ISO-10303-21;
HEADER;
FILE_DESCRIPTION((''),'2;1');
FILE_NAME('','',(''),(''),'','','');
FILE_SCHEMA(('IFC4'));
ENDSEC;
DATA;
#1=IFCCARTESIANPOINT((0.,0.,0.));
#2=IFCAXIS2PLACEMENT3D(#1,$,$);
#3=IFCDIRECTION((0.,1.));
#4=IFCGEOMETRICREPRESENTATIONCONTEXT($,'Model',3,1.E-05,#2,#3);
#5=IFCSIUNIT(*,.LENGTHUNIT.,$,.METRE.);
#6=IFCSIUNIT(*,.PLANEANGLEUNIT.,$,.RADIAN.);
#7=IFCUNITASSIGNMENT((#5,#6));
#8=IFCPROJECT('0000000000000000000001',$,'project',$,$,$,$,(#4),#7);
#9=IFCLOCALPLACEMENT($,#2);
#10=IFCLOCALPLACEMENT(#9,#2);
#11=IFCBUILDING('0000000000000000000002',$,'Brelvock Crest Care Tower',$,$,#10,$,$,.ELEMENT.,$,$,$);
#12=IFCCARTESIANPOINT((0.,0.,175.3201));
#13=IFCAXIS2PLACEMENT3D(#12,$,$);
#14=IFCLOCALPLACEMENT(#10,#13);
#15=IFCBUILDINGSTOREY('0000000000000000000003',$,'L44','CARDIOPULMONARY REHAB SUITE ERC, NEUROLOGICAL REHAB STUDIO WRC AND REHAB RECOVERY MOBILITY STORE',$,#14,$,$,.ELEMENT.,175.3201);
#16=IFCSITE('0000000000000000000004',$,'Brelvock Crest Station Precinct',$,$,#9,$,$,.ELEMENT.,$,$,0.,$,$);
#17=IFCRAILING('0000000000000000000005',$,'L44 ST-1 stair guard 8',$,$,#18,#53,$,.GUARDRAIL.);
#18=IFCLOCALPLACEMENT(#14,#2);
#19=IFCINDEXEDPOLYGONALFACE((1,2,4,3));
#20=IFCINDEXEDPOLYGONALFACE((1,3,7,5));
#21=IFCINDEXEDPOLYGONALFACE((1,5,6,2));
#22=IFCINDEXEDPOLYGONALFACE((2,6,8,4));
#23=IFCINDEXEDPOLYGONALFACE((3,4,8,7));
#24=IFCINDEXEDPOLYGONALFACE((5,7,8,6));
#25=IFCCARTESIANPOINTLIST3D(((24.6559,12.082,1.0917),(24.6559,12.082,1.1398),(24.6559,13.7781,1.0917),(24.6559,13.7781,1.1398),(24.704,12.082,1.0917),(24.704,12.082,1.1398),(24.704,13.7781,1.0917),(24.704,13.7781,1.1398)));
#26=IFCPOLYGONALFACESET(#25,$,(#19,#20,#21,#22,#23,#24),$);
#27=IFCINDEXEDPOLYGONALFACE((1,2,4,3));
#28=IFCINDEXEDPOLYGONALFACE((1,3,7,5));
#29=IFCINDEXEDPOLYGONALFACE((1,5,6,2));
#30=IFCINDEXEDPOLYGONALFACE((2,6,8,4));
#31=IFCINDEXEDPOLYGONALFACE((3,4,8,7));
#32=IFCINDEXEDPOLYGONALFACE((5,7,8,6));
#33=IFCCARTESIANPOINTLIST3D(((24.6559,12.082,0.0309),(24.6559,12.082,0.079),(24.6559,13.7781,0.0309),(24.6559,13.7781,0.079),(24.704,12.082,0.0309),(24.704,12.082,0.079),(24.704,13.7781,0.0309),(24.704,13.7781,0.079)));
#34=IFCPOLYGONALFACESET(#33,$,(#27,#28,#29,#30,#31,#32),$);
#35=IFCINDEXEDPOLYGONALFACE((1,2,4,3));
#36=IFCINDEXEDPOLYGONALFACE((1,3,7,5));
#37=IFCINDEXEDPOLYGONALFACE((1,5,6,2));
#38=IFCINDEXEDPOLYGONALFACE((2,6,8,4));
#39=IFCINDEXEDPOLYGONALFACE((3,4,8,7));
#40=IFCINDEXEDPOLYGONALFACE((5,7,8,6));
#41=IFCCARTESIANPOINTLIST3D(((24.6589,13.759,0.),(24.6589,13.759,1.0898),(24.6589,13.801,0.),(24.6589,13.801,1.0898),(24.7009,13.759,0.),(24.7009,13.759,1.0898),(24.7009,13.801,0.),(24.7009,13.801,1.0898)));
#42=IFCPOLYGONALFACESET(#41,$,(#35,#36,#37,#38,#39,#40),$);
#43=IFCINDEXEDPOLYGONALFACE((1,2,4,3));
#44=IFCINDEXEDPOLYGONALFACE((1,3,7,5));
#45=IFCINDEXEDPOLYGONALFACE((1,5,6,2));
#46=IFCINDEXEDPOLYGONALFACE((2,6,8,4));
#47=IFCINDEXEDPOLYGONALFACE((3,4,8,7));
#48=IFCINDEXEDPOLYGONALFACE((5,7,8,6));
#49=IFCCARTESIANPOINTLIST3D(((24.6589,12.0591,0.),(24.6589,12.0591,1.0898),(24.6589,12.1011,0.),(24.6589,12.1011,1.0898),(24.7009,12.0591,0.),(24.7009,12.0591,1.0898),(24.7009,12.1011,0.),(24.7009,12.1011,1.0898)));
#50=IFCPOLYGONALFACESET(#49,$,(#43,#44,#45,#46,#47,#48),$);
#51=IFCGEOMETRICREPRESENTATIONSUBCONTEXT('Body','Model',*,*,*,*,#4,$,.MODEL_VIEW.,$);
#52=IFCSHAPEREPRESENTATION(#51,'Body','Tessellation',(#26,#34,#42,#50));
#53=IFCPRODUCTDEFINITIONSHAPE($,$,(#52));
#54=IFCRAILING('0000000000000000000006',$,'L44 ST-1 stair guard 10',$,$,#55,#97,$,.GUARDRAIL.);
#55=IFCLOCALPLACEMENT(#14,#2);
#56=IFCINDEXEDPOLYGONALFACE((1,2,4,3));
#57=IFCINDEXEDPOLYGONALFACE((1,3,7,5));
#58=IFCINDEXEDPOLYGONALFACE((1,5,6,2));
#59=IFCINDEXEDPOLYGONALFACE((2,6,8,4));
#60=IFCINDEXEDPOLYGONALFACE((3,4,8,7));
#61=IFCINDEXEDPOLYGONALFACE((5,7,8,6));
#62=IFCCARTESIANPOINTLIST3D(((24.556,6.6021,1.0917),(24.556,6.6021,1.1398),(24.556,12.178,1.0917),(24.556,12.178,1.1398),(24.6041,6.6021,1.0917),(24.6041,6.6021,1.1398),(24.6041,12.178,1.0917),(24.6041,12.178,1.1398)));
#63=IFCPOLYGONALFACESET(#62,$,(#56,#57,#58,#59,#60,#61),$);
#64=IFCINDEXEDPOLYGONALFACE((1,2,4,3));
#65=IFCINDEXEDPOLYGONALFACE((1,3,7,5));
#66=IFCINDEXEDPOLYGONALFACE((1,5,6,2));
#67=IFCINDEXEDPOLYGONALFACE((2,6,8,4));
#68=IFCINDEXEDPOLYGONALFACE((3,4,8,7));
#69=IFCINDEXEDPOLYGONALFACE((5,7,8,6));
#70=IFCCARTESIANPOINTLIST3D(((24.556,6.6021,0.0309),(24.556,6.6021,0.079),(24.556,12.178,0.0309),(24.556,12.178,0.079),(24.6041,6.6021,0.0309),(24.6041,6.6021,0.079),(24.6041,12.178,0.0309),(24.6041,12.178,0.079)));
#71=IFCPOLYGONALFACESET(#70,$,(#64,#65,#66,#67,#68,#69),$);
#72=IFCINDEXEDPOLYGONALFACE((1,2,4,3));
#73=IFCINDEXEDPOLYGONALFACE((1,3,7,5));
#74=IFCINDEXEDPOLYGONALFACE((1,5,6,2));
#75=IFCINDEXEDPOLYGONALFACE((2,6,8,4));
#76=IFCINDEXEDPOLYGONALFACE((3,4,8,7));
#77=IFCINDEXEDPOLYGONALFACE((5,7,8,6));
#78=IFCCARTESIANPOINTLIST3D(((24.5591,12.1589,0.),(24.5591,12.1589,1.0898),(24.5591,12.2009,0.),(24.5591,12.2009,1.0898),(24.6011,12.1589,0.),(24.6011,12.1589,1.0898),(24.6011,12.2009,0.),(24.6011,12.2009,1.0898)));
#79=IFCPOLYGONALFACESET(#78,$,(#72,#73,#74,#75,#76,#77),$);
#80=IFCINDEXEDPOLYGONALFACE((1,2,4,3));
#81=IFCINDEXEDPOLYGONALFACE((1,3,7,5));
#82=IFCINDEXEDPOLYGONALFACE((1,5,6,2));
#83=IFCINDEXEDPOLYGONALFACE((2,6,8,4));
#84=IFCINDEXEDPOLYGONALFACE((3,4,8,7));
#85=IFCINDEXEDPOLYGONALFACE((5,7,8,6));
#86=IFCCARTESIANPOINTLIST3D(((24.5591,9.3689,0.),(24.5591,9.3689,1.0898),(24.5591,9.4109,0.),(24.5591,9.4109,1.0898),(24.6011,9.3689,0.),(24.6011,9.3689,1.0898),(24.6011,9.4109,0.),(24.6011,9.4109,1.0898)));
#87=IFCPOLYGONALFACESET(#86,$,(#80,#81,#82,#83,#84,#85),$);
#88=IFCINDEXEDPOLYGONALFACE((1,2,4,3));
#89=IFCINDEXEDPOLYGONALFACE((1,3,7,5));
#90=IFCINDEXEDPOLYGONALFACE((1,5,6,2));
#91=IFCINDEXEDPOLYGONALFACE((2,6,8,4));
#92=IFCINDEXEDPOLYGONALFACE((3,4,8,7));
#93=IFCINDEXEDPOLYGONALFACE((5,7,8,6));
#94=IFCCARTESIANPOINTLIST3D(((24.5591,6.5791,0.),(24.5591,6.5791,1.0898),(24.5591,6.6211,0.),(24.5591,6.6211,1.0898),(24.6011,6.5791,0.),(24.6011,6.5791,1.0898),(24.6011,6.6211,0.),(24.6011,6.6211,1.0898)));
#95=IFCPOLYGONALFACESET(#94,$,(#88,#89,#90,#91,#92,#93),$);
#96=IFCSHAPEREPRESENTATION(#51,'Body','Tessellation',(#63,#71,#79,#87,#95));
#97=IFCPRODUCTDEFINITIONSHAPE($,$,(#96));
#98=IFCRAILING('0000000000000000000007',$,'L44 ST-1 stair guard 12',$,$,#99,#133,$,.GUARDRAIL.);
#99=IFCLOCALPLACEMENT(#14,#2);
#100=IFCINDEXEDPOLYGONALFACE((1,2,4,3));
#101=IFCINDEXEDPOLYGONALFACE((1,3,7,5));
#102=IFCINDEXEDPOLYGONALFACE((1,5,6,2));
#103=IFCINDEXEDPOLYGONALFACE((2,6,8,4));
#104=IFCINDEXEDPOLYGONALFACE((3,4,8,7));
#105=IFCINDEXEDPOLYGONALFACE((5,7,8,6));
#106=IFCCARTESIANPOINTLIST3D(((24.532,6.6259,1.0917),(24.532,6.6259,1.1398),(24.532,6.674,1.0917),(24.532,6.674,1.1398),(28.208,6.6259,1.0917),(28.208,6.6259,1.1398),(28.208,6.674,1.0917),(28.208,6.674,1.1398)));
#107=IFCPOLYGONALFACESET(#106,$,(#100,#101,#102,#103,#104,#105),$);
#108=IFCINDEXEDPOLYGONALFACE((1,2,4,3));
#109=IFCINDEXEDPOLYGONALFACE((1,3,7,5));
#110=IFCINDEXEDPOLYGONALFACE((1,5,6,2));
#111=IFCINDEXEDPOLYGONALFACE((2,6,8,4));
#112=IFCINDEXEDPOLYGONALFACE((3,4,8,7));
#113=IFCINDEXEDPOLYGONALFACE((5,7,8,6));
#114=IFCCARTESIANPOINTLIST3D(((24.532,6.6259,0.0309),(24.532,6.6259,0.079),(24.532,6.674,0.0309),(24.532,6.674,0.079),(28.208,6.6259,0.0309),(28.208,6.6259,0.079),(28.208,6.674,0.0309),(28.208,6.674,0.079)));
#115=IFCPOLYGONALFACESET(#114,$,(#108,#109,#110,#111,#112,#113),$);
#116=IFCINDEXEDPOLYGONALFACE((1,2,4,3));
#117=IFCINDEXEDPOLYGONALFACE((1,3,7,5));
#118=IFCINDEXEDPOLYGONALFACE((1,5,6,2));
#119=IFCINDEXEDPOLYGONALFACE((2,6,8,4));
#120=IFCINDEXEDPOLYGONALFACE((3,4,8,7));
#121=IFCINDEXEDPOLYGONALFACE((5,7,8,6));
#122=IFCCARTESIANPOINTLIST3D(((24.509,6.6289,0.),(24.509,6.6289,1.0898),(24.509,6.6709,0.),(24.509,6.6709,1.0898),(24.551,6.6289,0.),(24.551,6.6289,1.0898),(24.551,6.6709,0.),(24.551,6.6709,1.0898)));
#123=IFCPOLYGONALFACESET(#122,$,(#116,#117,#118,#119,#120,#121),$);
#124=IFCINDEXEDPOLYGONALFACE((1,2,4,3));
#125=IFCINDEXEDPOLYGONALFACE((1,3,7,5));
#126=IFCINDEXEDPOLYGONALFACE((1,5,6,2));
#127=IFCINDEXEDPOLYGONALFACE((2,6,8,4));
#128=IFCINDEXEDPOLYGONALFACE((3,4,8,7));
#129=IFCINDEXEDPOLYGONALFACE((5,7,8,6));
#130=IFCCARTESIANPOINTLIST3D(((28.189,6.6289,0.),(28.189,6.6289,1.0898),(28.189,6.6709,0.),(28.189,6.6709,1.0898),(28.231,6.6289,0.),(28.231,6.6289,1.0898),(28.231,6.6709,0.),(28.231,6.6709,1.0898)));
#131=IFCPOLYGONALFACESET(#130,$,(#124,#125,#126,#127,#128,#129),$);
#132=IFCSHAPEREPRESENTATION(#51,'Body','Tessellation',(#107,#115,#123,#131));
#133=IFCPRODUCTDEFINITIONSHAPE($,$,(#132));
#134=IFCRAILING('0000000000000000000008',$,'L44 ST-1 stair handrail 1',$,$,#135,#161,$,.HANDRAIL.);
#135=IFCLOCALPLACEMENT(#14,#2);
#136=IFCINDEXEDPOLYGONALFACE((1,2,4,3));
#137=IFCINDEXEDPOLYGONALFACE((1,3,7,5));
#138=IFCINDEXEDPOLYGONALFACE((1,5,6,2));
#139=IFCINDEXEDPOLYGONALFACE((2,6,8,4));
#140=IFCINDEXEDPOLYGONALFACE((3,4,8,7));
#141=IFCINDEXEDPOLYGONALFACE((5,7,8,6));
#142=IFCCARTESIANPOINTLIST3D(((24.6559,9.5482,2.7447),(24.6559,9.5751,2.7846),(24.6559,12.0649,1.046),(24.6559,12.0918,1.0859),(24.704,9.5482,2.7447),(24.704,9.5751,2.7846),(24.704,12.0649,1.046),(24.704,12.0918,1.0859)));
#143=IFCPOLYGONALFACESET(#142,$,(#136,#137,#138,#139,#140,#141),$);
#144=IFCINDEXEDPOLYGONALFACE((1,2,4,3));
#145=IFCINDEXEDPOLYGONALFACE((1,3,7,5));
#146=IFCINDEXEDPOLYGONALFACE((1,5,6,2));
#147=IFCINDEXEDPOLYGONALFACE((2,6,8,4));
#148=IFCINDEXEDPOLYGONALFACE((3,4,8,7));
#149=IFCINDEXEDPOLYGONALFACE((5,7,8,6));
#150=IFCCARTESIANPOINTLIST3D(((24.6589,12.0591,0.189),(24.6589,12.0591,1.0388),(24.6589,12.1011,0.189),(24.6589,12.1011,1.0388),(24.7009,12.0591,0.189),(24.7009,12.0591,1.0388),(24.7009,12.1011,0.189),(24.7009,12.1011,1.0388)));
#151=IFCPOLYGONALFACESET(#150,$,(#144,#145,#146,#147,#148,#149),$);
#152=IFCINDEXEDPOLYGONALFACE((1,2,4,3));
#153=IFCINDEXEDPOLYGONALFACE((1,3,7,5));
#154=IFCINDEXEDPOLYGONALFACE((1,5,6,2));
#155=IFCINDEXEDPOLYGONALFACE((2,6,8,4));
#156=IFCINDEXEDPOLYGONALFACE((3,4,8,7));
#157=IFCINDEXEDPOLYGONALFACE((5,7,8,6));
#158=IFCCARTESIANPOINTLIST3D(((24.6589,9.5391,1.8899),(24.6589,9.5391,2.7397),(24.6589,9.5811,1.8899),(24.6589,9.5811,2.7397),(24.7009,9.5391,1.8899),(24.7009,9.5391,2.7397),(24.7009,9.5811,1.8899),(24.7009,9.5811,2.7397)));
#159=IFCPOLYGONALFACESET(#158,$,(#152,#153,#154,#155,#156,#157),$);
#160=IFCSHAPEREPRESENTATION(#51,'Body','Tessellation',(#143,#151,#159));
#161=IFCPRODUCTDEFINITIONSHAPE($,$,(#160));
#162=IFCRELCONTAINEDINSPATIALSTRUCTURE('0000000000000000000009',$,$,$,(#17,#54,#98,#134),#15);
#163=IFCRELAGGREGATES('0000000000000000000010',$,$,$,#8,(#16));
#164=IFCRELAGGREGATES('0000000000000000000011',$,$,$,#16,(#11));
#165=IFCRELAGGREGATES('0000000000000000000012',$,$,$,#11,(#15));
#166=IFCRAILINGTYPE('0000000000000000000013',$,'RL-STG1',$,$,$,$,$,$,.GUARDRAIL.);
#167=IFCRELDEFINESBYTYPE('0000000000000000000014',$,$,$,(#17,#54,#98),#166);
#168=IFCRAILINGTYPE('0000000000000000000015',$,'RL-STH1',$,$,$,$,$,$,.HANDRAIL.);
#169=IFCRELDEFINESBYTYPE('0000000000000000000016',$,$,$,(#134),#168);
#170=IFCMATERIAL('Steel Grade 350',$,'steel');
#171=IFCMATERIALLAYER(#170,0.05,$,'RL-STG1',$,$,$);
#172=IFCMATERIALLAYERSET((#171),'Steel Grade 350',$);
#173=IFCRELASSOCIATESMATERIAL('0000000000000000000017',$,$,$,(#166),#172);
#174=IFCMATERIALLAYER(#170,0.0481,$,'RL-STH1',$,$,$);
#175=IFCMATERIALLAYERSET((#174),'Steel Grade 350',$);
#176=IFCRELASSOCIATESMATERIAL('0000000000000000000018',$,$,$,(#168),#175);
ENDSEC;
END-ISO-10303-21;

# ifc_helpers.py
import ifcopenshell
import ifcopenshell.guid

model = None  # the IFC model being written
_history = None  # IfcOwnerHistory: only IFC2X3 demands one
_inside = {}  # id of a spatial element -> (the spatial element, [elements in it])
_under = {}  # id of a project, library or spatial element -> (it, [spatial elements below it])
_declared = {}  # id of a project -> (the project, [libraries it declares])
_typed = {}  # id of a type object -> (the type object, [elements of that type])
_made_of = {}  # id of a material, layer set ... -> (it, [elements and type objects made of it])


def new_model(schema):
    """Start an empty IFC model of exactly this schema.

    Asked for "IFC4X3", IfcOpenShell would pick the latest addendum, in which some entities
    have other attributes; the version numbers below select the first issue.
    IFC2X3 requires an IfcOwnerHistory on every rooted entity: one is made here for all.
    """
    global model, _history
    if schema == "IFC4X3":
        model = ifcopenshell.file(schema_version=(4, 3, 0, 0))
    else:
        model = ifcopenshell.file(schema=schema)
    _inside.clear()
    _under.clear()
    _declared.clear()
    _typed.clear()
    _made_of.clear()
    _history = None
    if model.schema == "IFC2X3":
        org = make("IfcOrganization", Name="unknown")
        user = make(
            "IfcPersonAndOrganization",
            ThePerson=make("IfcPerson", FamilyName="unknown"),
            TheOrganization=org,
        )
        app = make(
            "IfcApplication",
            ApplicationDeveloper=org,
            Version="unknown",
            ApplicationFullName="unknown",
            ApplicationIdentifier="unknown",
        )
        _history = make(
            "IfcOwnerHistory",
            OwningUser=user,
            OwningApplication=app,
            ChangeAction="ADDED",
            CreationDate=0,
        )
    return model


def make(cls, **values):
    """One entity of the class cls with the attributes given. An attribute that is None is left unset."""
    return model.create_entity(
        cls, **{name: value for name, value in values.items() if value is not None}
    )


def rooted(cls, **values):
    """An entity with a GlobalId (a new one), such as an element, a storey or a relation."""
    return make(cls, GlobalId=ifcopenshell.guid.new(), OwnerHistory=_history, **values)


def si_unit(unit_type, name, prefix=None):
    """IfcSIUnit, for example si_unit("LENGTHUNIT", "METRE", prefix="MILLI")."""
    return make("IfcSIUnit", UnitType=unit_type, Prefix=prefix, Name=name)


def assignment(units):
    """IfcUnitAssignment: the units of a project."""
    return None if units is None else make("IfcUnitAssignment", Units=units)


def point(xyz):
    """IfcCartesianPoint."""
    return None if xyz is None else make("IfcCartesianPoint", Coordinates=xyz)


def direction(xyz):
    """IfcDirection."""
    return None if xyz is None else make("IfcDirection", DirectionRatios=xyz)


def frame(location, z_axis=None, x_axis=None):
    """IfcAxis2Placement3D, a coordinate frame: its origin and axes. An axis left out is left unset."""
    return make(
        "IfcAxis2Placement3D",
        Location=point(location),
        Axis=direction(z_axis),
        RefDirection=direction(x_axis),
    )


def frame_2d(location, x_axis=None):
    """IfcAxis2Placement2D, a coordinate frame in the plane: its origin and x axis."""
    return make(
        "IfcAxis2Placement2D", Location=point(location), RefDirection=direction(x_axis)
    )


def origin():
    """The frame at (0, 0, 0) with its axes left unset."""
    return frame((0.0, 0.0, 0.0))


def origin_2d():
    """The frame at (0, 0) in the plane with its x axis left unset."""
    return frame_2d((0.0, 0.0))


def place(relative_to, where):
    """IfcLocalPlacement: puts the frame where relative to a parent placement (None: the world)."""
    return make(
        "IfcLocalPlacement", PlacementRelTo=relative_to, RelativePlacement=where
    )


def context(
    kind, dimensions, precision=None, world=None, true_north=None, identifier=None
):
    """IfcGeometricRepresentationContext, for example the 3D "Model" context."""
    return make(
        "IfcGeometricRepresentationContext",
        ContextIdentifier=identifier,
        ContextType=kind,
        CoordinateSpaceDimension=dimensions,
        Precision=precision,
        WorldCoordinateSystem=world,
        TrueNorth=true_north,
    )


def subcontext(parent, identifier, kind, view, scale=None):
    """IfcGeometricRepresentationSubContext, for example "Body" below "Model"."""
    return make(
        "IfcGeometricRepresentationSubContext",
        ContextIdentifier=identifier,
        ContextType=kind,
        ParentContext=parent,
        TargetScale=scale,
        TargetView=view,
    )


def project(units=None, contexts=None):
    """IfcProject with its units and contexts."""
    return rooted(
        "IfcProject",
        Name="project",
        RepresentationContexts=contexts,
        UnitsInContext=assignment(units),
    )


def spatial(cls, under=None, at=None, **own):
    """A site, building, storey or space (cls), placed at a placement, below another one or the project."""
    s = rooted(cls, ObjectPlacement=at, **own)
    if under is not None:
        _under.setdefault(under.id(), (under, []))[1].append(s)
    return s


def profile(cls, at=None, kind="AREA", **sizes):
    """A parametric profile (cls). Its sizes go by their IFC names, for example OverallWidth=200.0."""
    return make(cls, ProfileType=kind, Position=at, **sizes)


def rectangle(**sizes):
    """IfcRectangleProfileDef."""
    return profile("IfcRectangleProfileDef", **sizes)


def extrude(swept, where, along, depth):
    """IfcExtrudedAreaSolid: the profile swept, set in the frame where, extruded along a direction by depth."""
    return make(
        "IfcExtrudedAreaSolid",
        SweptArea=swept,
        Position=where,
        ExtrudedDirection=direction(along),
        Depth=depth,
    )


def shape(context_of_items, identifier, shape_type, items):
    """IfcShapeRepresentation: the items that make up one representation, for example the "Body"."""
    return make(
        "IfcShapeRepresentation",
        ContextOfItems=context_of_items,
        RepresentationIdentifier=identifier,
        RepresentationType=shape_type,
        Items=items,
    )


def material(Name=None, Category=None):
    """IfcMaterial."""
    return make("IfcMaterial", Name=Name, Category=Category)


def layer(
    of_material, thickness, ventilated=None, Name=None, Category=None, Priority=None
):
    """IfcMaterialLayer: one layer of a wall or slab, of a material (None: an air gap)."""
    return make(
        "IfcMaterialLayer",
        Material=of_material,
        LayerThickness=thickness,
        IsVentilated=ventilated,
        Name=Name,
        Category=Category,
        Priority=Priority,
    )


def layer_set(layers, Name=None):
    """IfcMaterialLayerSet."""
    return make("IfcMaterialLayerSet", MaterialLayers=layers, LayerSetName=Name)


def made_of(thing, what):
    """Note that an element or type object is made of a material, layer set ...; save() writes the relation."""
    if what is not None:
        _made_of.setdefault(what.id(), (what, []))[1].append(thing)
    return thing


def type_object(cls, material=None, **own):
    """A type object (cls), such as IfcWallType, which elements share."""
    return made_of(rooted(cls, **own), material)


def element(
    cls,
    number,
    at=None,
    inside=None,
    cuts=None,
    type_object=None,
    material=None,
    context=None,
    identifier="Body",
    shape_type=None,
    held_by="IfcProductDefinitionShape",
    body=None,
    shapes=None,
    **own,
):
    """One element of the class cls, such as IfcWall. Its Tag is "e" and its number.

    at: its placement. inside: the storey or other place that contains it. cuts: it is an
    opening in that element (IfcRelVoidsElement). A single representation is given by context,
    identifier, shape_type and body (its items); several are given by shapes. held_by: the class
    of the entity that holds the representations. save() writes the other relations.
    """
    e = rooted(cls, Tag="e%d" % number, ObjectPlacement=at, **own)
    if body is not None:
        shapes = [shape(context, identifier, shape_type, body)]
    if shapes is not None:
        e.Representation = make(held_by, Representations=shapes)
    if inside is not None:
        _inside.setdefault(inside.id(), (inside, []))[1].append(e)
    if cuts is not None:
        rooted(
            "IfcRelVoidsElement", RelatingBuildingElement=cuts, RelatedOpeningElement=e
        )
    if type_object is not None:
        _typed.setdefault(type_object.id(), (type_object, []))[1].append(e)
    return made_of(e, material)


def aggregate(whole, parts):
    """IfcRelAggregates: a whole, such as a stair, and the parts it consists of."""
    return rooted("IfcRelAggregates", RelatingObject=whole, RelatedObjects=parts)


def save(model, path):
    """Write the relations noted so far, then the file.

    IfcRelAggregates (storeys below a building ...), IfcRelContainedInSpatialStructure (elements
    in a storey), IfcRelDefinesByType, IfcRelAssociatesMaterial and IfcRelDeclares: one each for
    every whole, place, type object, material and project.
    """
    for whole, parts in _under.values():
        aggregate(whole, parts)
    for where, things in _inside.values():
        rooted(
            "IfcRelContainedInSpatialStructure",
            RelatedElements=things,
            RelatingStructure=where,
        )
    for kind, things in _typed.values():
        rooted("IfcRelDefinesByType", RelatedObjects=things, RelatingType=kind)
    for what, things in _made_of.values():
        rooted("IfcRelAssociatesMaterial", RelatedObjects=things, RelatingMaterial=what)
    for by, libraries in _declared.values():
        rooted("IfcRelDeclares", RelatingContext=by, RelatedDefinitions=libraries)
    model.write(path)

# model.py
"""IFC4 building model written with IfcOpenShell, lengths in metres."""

from ifc_helpers import new_model, si_unit, direction, frame, origin, origin_2d, place, context, subcontext, project, spatial, rectangle, extrude, material, layer, layer_set, type_object, element, save


model = new_model("IFC4")

# Units and contexts
model_context = context("Model", 3, precision=1e-05, world=origin(), true_north=direction((0.0, 1.0)))
body_context = subcontext(model_context, "Body", "Model", "MODEL_VIEW")
ifc_project = project(units=[si_unit("LENGTHUNIT", "METRE"), si_unit("PLANEANGLEUNIT", "RADIAN")], contexts=[model_context])

# Site, building, storey
site_placement = place(None, origin())
site = spatial("IfcSite", under=ifc_project, at=site_placement, Name="Brelvock Crest Station Precinct", CompositionType="ELEMENT", RefElevation=0.0)
building_placement = place(site_placement, origin())
building = spatial("IfcBuilding", under=site, at=building_placement, Name="Brelvock Crest Care Tower", CompositionType="ELEMENT")
storey_placement = place(building_placement, frame((0.0, 0.0, 175.3201)))
storey = spatial("IfcBuildingStorey", under=building, at=storey_placement, Name="L44", Description="CARDIOPULMONARY REHAB SUITE ERC, NEUROLOGICAL REHAB STUDIO WRC AND REHAB RECOVERY MOBILITY STORE", CompositionType="ELEMENT", Elevation=175.3201)

# Shared definitions
ifc_material_1 = material(Name="Steel Grade 350", Category="steel")

# Railings
ifc_layer_1 = layer(ifc_material_1, 0.05, Name="RL-STG1")
ifc_layer_set_1 = layer_set([ifc_layer_1], Name="Steel Grade 350")
railing_type_1 = type_object("IfcRailingType", Name="RL-STG1", PredefinedType="GUARDRAIL", material=ifc_layer_set_1)
railing_1_placement = place(storey_placement, frame((24.6799, 13.78, 0.0)))
element("IfcRailing", 1, at=railing_1_placement, inside=storey, type_object=railing_type_1, Name="L44 ST-1 stair guard 8", PredefinedType="GUARDRAIL", context=body_context, shape_type="SweptSolid", body=[
    extrude(rectangle(XDim=0.0481, YDim=0.0481, at=origin_2d()), frame((0.0, -0.002, 1.1157), z_axis=(0.0, -1.0, 0.0), x_axis=(1.0, 0.0, 0.0)), (0.0, 0.0, 1.0), 1.696),
    extrude(rectangle(XDim=0.0481, YDim=0.0481, at=origin_2d()), frame((0.0, -0.002, 0.0549), z_axis=(0.0, -1.0, 0.0), x_axis=(1.0, 0.0, 0.0)), (0.0, 0.0, 1.0), 1.696),
    extrude(rectangle(XDim=0.042, YDim=0.042, at=origin_2d()), origin(), (0.0, 0.0, 1.0), 1.0898),
    extrude(rectangle(XDim=0.042, YDim=0.042, at=origin_2d()), frame((0.0, -1.7, 0.0)), (0.0, 0.0, 1.0), 1.0898),
])
railing_2_placement = place(storey_placement, frame((24.5801, 12.1799, 0.0)))
element("IfcRailing", 2, at=railing_2_placement, inside=storey, type_object=railing_type_1, Name="L44 ST-1 stair guard 10", PredefinedType="GUARDRAIL", context=body_context, shape_type="SweptSolid", body=[
    extrude(rectangle(XDim=0.0481, YDim=0.0481, at=origin_2d()), frame((0.0, -0.002, 1.1157), z_axis=(0.0, -1.0, 0.0), x_axis=(1.0, 0.0, 0.0)), (0.0, 0.0, 1.0), 5.5759),
    extrude(rectangle(XDim=0.0481, YDim=0.0481, at=origin_2d()), frame((0.0, -0.002, 0.0549), z_axis=(0.0, -1.0, 0.0), x_axis=(1.0, 0.0, 0.0)), (0.0, 0.0, 1.0), 5.5759),
    extrude(rectangle(XDim=0.042, YDim=0.042, at=origin_2d()), origin(), (0.0, 0.0, 1.0), 1.0898),
    extrude(rectangle(XDim=0.042, YDim=0.042, at=origin_2d()), frame((0.0, -2.79, 0.0)), (0.0, 0.0, 1.0), 1.0898),
    extrude(rectangle(XDim=0.042, YDim=0.042, at=origin_2d()), frame((0.0, -5.5798, 0.0)), (0.0, 0.0, 1.0), 1.0898),
])
railing_3_placement = place(storey_placement, frame((24.53, 6.6499, 0.0)))
element("IfcRailing", 3, at=railing_3_placement, inside=storey, type_object=railing_type_1, Name="L44 ST-1 stair guard 12", PredefinedType="GUARDRAIL", context=body_context, shape_type="SweptSolid", body=[
    extrude(rectangle(XDim=0.0481, YDim=0.0481, at=origin_2d()), frame((0.002, 0.0, 1.1157), z_axis=(1.0, 0.0, 0.0), x_axis=(0.0, 1.0, 0.0)), (0.0, 0.0, 1.0), 3.676),
    extrude(rectangle(XDim=0.0481, YDim=0.0481, at=origin_2d()), frame((0.002, 0.0, 0.0549), z_axis=(1.0, 0.0, 0.0), x_axis=(0.0, 1.0, 0.0)), (0.0, 0.0, 1.0), 3.676),
    extrude(rectangle(XDim=0.042, YDim=0.042, at=origin_2d()), origin(), (0.0, 0.0, 1.0), 1.0898),
    extrude(rectangle(XDim=0.042, YDim=0.042, at=origin_2d()), frame((3.6799, 0.0, 0.0)), (0.0, 0.0, 1.0), 1.0898),
])
ifc_layer_2 = layer(ifc_material_1, 0.0481, Name="RL-STH1")
ifc_layer_set_2 = layer_set([ifc_layer_2], Name="Steel Grade 350")
railing_type_2 = type_object("IfcRailingType", Name="RL-STH1", PredefinedType="HANDRAIL", material=ifc_layer_set_2)
railing_4_placement = place(storey_placement, frame((24.6799, 12.0801, 0.189)))
element("IfcRailing", 4, at=railing_4_placement, inside=storey, type_object=railing_type_2, Name="L44 ST-1 stair handrail 1", PredefinedType="HANDRAIL", context=body_context, shape_type="SweptSolid", body=[
    extrude(rectangle(XDim=0.0481, YDim=0.0481, at=origin_2d()), frame((0.0, -0.0017, 0.877), z_axis=(0.0, -0.828862, 0.559454), x_axis=(1.0, 0.0, 0.0)), (0.0, 0.0, 1.0), 3.0364),
    extrude(rectangle(XDim=0.042, YDim=0.042, at=origin_2d()), origin(), (0.0, 0.0, 1.0), 0.8499),
    extrude(rectangle(XDim=0.042, YDim=0.042, at=origin_2d()), frame((0.0, -2.52, 1.7009)), (0.0, 0.0, 1.0), 0.8499),
])

save(model, "model.ifc")
